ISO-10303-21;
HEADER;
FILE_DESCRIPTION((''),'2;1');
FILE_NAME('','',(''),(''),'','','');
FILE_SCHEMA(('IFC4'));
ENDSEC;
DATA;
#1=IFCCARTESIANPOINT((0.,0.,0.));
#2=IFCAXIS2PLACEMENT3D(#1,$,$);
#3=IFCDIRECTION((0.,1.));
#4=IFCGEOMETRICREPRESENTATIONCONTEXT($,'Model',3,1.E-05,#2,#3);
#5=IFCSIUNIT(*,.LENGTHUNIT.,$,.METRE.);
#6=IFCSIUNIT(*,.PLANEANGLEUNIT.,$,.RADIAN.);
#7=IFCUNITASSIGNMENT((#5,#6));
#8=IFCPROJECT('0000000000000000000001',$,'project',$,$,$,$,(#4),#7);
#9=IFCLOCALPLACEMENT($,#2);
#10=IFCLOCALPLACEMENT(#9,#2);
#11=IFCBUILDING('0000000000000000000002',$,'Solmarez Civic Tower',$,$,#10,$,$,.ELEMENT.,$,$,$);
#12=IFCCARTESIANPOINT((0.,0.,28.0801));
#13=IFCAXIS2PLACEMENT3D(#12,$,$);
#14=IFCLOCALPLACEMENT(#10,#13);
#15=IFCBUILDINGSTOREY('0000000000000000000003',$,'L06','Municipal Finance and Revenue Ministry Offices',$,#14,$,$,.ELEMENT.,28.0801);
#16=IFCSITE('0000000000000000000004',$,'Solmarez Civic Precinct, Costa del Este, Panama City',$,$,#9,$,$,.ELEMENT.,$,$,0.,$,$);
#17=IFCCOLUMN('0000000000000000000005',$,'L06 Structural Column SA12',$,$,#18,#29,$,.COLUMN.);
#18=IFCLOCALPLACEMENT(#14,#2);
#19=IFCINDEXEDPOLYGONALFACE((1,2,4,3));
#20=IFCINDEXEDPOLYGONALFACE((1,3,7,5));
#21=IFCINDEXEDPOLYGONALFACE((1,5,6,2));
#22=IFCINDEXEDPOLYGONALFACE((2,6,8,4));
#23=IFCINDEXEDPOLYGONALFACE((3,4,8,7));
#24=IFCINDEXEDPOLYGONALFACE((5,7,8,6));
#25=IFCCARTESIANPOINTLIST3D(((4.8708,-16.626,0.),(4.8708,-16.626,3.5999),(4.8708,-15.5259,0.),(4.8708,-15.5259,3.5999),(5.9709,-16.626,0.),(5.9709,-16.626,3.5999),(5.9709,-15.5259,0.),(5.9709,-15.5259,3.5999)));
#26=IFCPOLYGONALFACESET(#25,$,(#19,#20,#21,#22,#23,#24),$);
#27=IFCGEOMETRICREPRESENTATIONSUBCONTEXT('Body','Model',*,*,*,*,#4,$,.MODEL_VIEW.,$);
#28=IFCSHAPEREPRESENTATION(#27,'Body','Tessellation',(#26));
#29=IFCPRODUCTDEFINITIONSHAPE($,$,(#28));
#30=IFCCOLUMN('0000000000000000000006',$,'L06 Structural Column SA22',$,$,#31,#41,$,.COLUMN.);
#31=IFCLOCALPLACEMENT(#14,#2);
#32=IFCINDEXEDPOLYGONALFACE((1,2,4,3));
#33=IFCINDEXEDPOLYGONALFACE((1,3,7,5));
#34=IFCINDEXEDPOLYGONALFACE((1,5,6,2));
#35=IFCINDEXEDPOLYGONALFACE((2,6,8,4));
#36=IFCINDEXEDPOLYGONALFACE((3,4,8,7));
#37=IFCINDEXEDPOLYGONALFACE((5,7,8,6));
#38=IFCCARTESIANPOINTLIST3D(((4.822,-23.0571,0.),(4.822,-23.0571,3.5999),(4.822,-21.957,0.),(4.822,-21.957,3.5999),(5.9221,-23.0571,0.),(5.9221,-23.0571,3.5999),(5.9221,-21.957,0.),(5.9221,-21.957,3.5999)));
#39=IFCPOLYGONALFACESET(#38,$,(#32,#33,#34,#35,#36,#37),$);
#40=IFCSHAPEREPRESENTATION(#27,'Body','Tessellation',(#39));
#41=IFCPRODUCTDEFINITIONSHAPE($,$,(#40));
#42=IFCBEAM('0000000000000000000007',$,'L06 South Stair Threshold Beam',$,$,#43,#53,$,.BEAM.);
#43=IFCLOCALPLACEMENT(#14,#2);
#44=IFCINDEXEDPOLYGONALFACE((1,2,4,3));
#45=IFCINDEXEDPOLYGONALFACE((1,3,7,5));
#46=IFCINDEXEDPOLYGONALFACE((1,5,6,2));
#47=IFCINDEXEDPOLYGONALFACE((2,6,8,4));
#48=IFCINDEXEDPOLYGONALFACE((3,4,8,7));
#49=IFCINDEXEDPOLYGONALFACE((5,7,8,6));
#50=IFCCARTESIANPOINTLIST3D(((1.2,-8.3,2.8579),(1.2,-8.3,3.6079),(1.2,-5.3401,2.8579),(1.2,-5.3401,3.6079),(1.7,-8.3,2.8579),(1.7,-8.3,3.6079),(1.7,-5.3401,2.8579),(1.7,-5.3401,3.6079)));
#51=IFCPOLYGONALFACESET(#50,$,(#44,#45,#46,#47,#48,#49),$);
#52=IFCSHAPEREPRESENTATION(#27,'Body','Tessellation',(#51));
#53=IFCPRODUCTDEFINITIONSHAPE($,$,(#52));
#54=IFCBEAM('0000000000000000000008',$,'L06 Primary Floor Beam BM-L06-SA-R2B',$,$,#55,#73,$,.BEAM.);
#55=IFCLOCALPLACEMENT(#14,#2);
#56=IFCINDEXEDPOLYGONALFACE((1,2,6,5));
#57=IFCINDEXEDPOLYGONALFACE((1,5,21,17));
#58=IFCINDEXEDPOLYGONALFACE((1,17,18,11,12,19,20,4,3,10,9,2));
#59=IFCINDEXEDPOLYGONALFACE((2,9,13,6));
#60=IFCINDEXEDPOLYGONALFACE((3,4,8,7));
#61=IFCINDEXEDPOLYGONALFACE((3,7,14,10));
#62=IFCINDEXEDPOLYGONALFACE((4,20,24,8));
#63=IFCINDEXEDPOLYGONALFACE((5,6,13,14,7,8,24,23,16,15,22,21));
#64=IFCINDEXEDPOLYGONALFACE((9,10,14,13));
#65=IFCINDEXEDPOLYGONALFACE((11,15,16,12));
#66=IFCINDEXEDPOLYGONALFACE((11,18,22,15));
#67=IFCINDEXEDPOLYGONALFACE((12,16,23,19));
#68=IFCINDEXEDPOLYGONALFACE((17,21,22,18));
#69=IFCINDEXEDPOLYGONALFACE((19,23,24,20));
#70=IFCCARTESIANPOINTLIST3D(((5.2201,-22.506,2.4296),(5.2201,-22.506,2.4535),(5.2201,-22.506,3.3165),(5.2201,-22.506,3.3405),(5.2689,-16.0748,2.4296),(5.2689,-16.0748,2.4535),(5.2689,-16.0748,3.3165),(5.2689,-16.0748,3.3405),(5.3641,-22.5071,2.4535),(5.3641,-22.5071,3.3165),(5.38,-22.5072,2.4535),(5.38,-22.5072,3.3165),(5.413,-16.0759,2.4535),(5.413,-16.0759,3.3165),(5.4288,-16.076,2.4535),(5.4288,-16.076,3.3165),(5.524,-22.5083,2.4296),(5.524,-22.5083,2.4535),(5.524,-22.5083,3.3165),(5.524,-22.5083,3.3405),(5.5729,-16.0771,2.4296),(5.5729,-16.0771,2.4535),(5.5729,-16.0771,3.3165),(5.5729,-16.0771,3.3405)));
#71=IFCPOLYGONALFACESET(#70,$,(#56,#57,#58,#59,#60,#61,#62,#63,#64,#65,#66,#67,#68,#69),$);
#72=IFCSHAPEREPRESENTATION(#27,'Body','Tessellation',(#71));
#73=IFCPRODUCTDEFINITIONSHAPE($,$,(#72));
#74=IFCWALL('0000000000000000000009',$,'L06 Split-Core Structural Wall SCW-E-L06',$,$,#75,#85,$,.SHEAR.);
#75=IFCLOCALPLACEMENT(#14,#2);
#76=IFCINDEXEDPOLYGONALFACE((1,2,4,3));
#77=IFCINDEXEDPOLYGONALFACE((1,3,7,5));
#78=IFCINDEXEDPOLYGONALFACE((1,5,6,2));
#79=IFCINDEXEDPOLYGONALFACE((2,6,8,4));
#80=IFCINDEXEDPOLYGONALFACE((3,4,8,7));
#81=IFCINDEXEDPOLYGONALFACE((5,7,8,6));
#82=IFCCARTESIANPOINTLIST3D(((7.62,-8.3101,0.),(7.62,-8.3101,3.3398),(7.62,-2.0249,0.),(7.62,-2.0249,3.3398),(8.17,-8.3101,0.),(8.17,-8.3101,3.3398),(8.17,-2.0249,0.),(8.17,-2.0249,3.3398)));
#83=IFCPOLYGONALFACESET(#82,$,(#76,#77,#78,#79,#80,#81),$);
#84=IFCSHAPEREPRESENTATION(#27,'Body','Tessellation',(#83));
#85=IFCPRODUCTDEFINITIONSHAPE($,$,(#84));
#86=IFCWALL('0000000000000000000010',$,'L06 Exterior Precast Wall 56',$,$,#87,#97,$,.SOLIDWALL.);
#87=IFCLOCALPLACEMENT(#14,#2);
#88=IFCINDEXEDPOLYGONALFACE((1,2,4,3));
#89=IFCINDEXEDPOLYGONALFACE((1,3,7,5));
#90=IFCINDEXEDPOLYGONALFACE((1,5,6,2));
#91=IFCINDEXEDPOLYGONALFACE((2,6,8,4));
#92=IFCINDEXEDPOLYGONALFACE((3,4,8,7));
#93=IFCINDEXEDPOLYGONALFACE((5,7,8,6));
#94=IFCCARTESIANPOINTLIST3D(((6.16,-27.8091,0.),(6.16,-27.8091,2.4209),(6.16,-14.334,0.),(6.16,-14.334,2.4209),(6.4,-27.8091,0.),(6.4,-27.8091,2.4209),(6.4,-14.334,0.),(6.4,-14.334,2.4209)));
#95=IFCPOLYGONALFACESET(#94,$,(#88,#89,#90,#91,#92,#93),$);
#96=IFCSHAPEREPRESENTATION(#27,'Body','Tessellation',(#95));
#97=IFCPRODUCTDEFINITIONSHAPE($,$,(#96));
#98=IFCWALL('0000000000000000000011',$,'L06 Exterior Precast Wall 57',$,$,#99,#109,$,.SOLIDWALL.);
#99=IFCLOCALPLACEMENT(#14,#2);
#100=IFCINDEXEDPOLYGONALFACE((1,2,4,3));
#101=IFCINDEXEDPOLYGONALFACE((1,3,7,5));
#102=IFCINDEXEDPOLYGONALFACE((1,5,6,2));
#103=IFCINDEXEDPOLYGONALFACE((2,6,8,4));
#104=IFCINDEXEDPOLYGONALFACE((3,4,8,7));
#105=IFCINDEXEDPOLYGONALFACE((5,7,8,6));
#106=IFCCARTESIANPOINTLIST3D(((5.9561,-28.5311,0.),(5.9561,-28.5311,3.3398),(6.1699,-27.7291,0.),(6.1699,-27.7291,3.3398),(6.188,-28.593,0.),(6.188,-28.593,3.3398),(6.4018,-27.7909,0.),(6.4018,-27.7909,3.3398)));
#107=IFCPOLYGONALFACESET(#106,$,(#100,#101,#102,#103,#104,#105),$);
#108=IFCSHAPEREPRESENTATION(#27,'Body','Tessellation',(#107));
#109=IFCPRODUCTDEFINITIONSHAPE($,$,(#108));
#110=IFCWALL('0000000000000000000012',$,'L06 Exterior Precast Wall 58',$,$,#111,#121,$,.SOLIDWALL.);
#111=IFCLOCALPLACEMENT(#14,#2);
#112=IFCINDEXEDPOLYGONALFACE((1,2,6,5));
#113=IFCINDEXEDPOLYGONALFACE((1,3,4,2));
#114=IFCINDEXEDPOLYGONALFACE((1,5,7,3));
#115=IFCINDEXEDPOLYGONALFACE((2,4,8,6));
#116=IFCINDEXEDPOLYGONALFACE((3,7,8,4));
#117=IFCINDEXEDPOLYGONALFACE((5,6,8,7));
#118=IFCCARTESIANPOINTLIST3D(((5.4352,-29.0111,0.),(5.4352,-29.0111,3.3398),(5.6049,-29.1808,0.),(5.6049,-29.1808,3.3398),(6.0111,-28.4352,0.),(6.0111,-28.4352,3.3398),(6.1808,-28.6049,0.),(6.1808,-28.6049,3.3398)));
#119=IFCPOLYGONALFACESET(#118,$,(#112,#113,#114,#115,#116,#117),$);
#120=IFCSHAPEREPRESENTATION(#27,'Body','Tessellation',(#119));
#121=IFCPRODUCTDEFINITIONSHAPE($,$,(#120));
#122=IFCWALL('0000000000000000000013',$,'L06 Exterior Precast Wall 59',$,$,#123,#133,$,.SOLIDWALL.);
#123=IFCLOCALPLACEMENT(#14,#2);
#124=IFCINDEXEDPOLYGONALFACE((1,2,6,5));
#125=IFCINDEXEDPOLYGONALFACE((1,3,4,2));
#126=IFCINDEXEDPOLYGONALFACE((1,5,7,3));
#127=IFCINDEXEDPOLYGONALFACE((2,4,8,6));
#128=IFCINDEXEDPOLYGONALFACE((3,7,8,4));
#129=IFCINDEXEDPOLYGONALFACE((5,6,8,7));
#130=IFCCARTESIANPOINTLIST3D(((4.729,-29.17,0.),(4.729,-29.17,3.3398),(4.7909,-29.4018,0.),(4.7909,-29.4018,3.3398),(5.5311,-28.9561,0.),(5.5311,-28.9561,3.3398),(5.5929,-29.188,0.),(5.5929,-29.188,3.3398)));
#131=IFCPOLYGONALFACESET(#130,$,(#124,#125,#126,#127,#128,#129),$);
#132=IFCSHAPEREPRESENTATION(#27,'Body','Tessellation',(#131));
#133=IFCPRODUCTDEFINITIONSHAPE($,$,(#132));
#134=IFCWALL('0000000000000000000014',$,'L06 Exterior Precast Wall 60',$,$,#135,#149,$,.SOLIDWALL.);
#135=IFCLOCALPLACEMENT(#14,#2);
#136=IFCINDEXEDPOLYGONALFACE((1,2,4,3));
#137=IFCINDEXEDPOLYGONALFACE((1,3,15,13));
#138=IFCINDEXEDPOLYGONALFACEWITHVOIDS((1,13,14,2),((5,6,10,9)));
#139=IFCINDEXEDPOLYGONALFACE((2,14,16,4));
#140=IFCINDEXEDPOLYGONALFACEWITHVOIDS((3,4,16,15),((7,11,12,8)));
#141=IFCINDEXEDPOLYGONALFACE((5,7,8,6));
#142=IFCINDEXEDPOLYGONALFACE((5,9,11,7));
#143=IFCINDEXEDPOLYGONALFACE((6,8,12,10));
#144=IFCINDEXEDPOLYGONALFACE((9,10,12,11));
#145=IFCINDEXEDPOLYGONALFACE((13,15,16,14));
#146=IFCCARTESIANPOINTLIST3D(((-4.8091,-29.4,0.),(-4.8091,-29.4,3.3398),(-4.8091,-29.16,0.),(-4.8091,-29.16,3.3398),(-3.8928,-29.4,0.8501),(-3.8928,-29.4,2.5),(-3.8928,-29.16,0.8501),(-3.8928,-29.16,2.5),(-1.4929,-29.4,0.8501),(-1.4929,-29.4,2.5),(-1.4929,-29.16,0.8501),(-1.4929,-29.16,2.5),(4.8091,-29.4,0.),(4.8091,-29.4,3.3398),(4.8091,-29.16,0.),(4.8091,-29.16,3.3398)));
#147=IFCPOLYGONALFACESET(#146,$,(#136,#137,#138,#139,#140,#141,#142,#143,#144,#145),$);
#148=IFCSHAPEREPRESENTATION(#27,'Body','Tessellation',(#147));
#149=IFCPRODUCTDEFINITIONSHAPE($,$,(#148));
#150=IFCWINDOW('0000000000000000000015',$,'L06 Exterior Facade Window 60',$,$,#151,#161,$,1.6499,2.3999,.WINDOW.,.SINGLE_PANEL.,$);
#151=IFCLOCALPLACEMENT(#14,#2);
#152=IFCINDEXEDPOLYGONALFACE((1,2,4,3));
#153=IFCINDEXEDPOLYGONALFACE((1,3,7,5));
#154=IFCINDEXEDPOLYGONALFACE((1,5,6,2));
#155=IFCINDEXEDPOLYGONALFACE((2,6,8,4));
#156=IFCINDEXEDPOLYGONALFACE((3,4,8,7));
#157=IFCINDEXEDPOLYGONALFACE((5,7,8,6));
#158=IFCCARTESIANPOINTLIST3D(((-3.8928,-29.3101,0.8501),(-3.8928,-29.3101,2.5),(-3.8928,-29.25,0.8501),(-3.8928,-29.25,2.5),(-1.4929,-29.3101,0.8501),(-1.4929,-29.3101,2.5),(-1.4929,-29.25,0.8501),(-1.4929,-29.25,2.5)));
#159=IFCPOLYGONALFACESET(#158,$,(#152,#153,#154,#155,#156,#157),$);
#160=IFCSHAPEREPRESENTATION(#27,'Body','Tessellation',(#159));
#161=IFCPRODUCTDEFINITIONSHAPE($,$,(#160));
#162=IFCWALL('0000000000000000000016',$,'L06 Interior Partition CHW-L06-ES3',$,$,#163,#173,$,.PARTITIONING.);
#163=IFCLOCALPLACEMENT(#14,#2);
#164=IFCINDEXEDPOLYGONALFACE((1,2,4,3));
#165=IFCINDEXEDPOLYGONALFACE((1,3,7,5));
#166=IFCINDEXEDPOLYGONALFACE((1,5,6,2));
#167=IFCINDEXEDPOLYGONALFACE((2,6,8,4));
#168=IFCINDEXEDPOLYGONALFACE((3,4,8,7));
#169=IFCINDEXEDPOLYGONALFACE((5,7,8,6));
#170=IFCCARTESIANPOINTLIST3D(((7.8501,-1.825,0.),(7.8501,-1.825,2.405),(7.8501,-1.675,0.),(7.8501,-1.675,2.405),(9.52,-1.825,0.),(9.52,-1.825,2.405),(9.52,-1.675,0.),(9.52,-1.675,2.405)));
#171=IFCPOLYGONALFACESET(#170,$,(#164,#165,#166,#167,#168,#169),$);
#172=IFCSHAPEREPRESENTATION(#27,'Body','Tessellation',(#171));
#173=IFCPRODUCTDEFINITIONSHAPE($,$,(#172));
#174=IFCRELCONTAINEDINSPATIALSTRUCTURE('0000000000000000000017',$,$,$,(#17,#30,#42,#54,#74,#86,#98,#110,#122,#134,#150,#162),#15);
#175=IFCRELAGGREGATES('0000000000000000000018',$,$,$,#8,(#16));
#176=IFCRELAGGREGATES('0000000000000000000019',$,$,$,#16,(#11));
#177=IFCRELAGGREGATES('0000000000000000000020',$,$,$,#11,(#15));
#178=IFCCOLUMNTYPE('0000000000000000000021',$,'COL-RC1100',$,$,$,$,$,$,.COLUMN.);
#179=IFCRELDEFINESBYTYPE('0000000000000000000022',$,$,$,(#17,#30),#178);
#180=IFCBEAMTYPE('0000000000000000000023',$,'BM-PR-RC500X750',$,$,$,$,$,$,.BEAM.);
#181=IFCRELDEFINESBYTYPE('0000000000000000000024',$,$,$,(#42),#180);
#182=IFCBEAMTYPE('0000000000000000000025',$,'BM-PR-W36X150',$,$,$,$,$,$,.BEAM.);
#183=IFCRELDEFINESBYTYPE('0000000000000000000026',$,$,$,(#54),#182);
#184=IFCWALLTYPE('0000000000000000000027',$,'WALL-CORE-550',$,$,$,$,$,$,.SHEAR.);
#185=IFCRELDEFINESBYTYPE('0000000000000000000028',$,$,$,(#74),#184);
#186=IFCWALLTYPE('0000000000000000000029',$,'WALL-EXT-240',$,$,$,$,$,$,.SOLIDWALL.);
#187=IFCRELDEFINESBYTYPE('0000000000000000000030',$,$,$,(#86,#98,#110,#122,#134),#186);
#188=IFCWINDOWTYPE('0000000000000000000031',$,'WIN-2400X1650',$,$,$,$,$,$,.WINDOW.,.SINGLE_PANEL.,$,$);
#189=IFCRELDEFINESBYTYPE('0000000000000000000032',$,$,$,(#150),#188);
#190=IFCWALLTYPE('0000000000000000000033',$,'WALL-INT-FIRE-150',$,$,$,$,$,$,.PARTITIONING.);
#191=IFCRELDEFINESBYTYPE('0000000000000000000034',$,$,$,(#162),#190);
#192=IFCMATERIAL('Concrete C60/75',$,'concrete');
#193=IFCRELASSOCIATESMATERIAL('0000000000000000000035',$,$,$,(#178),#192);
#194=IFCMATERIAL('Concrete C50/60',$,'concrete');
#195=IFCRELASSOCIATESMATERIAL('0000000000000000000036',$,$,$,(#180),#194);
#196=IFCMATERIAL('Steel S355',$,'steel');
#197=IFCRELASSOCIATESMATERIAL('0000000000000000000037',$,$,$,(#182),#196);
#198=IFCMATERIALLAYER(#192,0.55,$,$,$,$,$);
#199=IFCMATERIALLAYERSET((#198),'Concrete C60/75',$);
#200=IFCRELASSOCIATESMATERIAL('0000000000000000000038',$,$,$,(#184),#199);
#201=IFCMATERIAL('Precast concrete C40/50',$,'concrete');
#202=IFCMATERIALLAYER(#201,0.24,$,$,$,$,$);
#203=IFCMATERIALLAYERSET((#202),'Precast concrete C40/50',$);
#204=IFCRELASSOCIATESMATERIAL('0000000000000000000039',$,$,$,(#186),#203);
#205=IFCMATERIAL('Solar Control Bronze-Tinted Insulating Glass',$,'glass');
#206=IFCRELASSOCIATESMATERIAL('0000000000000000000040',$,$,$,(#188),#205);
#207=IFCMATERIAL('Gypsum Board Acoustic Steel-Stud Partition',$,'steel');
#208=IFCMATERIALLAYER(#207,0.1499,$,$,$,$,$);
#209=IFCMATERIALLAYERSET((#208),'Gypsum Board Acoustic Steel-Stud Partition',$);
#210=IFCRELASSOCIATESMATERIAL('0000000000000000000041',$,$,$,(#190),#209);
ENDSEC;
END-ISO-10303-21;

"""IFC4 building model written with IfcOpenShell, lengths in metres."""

from ifc_helpers import new_model, si_unit, direction, frame, frame_2d, origin, origin_2d, place, context, subcontext, project, spatial, rectangle, i_section, extrude, material, layer, layer_set, material_profile, profile_set, type_object, element, fill, save


model = new_model("IFC4")

# Units and contexts
model_context = context("Model", 3, precision=1e-05, world=origin(), true_north=direction((0.0, 1.0)))
body_context = subcontext(model_context, "Body", "Model", "MODEL_VIEW")
ifc_project = project(units=[si_unit("LENGTHUNIT", "METRE"), si_unit("PLANEANGLEUNIT", "RADIAN")], contexts=[model_context])

# Site, building, storey
site_placement = place(None, origin())
site = spatial("IfcSite", under=ifc_project, at=site_placement, Name="Solmarez Civic Precinct, Costa del Este, Panama City", CompositionType="ELEMENT", RefElevation=0.0)
building_placement = place(site_placement, origin())
building = spatial("IfcBuilding", under=site, at=building_placement, Name="Solmarez Civic Tower", CompositionType="ELEMENT")
storey_placement = place(building_placement, frame((0.0, 0.0, 28.0801)))
storey = spatial("IfcBuildingStorey", under=building, at=storey_placement, Name="L06", Description="Municipal Finance and Revenue Ministry Offices", CompositionType="ELEMENT", Elevation=28.0801)

# Columns
ifc_material_1 = material(Name="Concrete C60/75", Category="concrete")
ifc_material_profile_1 = material_profile(ifc_material_1, rectangle(XDim=1.1001, YDim=1.1001, at=origin_2d()), Name="RC1100X1100")
ifc_profile_set_1 = profile_set([ifc_material_profile_1], Name="Concrete C60/75")
column_type = type_object("IfcColumnType", Name="COL-RC1100", PredefinedType="COLUMN", material=ifc_profile_set_1)
for number, where, z_axis, x_axis, name in (
    (1, (5.4209, -16.0759, 0.0), (0.0, 0.0, 1.0), (1.0, 0.0, 0.0), "L06 Structural Column SA12"),
    (2, (5.3721, -22.5071, 0.0), (0.0, 0.0, 1.0), (1.0, 0.0, 0.0), "L06 Structural Column SA22"),
):
    element("IfcColumn", number, at=place(storey_placement, frame(where, z_axis=z_axis, x_axis=x_axis)), inside=storey, type_object=column_type, Name=name, PredefinedType="COLUMN", context=body_context, shape_type="SweptSolid", body=[
        extrude(rectangle(XDim=1.1001, YDim=1.1001, at=origin_2d()), origin(), (0.0, 0.0, 1.0), 3.5999),
    ])

# Beams
ifc_material_2 = material(Name="Concrete C50/60", Category="concrete")
ifc_material_profile_2 = material_profile(ifc_material_2, rectangle(XDim=0.5, YDim=0.75, at=origin_2d()), Name="RC500X750")
ifc_profile_set_2 = profile_set([ifc_material_profile_2], Name="Concrete C50/60")
beam_type_1 = type_object("IfcBeamType", Name="BM-PR-RC500X750", PredefinedType="BEAM", material=ifc_profile_set_2)
beam_1_placement = place(storey_placement, frame((1.45, -8.3, 3.2329), z_axis=(0.0, 1.0, 0.0), x_axis=(-1.0, 0.0, 0.0)))
element("IfcBeam", 3, at=beam_1_placement, inside=storey, type_object=beam_type_1, Name="L06 South Stair Threshold Beam", PredefinedType="BEAM", context=body_context, shape_type="SweptSolid", body=[
    extrude(rectangle(XDim=0.5, YDim=0.75, at=origin_2d()), origin(), (0.0, 0.0, 1.0), 2.96),
])
ifc_material_3 = material(Name="Steel S355", Category="steel")
ifc_material_profile_3 = material_profile(ifc_material_3, i_section(OverallWidth=0.304, OverallDepth=0.9109, WebThickness=0.0159, FlangeThickness=0.0239, at=origin_2d()), Name="W36X150")
ifc_profile_set_3 = profile_set([ifc_material_profile_3], Name="Steel S355")
beam_type_2 = type_object("IfcBeamType", Name="BM-PR-W36X150", PredefinedType="BEAM", material=ifc_profile_set_3)
beam_2_placement = place(storey_placement, frame((5.4209, -16.0759, 2.885), z_axis=(-0.007592, -0.999971, 0.0), x_axis=(0.999971, -0.007592, 0.0)))
element("IfcBeam", 4, at=beam_2_placement, inside=storey, type_object=beam_type_2, Name="L06 Primary Floor Beam BM-L06-SA-R2B", PredefinedType="BEAM", context=body_context, shape_type="SweptSolid", body=[
    extrude(i_section(OverallWidth=0.304, OverallDepth=0.9109, WebThickness=0.0159, FlangeThickness=0.0239, at=origin_2d()), origin(), (0.0, 0.0, 1.0), 6.4314),
])

# Walls
ifc_layer_1 = layer(ifc_material_1, 0.55)
ifc_layer_set_1 = layer_set([ifc_layer_1], Name="Concrete C60/75")
wall_type_1 = type_object("IfcWallType", Name="WALL-CORE-550", PredefinedType="SHEAR", material=ifc_layer_set_1)
wall_1_placement = place(storey_placement, frame((7.895, -2.0249, 0.0), z_axis=(0.0, 0.0, 1.0), x_axis=(0.0, -1.0, 0.0)))
element("IfcWall", 5, at=wall_1_placement, inside=storey, type_object=wall_type_1, Name="L06 Split-Core Structural Wall SCW-E-L06", PredefinedType="SHEAR", context=body_context, shape_type="SweptSolid", body=[
    extrude(rectangle(XDim=6.2852, YDim=0.55, at=frame_2d((3.1426, 0.0))), origin(), (0.0, 0.0, 1.0), 3.3398),
])
ifc_material_4 = material(Name="Precast concrete C40/50", Category="concrete")
ifc_layer_2 = layer(ifc_material_4, 0.24)
ifc_layer_set_2 = layer_set([ifc_layer_2], Name="Precast concrete C40/50")
wall_type_2 = type_object("IfcWallType", Name="WALL-EXT-240", PredefinedType="SOLIDWALL", material=ifc_layer_set_2)
wall_2_placement = place(storey_placement, frame((6.28, -14.334, 0.0), z_axis=(0.0, 0.0, 1.0), x_axis=(0.0, -1.0, 0.0)))
element("IfcWall", 6, at=wall_2_placement, inside=storey, type_object=wall_type_2, Name="L06 Exterior Precast Wall 56", PredefinedType="SOLIDWALL", context=body_context, shape_type="SweptSolid", body=[
    extrude(rectangle(XDim=13.4751, YDim=0.24, at=frame_2d((6.7375, 0.0))), origin(), (0.0, 0.0, 1.0), 2.4209),
])
wall_3_placement = place(storey_placement, frame((6.2859, -27.76, 0.0), z_axis=(0.0, 0.0, 1.0), x_axis=(-0.257663, -0.966235, 0.0)))
element("IfcWall", 7, at=wall_3_placement, inside=storey, type_object=wall_type_2, Name="L06 Exterior Precast Wall 57", PredefinedType="SOLIDWALL", context=body_context, shape_type="SweptSolid", body=[
    extrude(rectangle(XDim=0.8301, YDim=0.24, at=frame_2d((0.415, 0.0))), origin(), (0.0, 0.0, 1.0), 3.3398),
])
wall_4_placement = place(storey_placement, frame((6.0959, -28.52, 0.0), z_axis=(0.0, 0.0, 1.0), x_axis=(-0.707107, -0.707107, 0.0)))
element("IfcWall", 8, at=wall_4_placement, inside=storey, type_object=wall_type_2, Name="L06 Exterior Precast Wall 58", PredefinedType="SOLIDWALL", context=body_context, shape_type="SweptSolid", body=[
    extrude(rectangle(XDim=0.8145, YDim=0.24, at=frame_2d((0.4072, 0.0))), origin(), (0.0, 0.0, 1.0), 3.3398),
])
wall_5_placement = place(storey_placement, frame((5.562, -29.072, 0.0), z_axis=(0.0, 0.0, 1.0), x_axis=(-0.966235, -0.257663, 0.0)))
element("IfcWall", 9, at=wall_5_placement, inside=storey, type_object=wall_type_2, Name="L06 Exterior Precast Wall 59", PredefinedType="SOLIDWALL", context=body_context, shape_type="SweptSolid", body=[
    extrude(rectangle(XDim=0.8301, YDim=0.24, at=frame_2d((0.415, 0.0))), origin(), (0.0, 0.0, 1.0), 3.3398),
])

# Wall, opening, window
wall_6_placement = place(storey_placement, frame((4.8091, -29.28, 0.0), z_axis=(0.0, 0.0, 1.0), x_axis=(-1.0, 0.0, 0.0)))
wall_6 = element("IfcWall", 10, at=wall_6_placement, inside=storey, type_object=wall_type_2, Name="L06 Exterior Precast Wall 60", PredefinedType="SOLIDWALL", context=body_context, shape_type="SweptSolid", body=[
    extrude(rectangle(XDim=9.6182, YDim=0.24, at=frame_2d((4.8091, 0.0))), origin(), (0.0, 0.0, 1.0), 3.3398),
])
opening_1_placement = place(wall_6_placement, frame((6.302, 0.0, 0.8501)))
opening_1 = element("IfcOpeningElement", 11, at=opening_1_placement, cuts=wall_6, PredefinedType="OPENING", context=body_context, shape_type="SweptSolid", body=[
    extrude(rectangle(XDim=2.3999, YDim=1.6499, at=frame_2d((1.2, 0.825))), frame((0.0, 0.1299, 0.0), z_axis=(0.0, -1.0, 0.0), x_axis=(1.0, 0.0, 0.0)), (0.0, 0.0, 1.0), 0.26),
])
ifc_material_5 = material(Name="Solar Control Bronze-Tinted Insulating Glass", Category="glass")
window_type = type_object("IfcWindowType", Name="WIN-2400X1650", PartitioningType="SINGLE_PANEL", PredefinedType="WINDOW", material=ifc_material_5)
window_placement = place(opening_1_placement, origin())
window = element("IfcWindow", 12, at=window_placement, inside=storey, type_object=window_type, Name="L06 Exterior Facade Window 60", OverallHeight=1.6499, OverallWidth=2.3999, PartitioningType="SINGLE_PANEL", PredefinedType="WINDOW", context=body_context, shape_type="SweptSolid", body=[
    extrude(rectangle(XDim=2.3999, YDim=1.6499, at=frame_2d((1.2, 0.825))), frame((0.0, 0.03, 0.0), z_axis=(0.0, -1.0, 0.0), x_axis=(1.0, 0.0, 0.0)), (0.0, 0.0, 1.0), 0.0601),
])
fill(opening_1, window)

# Wall
ifc_material_6 = material(Name="Gypsum Board Acoustic Steel-Stud Partition", Category="steel")
ifc_layer_3 = layer(ifc_material_6, 0.1499)
ifc_layer_set_3 = layer_set([ifc_layer_3], Name="Gypsum Board Acoustic Steel-Stud Partition")
wall_type_3 = type_object("IfcWallType", Name="WALL-INT-FIRE-150", PredefinedType="PARTITIONING", material=ifc_layer_set_3)
wall_7_placement = place(storey_placement, frame((7.8501, -1.75, 0.0), z_axis=(0.0, 0.0, 1.0), x_axis=(1.0, 0.0, 0.0)))
element("IfcWall", 13, at=wall_7_placement, inside=storey, type_object=wall_type_3, Name="L06 Interior Partition CHW-L06-ES3", PredefinedType="PARTITIONING", context=body_context, shape_type="SweptSolid", body=[
    extrude(rectangle(XDim=1.6699, YDim=0.1499, at=frame_2d((0.835, 0.0))), origin(), (0.0, 0.0, 1.0), 2.405),
])

save(model, "model.ifc")
